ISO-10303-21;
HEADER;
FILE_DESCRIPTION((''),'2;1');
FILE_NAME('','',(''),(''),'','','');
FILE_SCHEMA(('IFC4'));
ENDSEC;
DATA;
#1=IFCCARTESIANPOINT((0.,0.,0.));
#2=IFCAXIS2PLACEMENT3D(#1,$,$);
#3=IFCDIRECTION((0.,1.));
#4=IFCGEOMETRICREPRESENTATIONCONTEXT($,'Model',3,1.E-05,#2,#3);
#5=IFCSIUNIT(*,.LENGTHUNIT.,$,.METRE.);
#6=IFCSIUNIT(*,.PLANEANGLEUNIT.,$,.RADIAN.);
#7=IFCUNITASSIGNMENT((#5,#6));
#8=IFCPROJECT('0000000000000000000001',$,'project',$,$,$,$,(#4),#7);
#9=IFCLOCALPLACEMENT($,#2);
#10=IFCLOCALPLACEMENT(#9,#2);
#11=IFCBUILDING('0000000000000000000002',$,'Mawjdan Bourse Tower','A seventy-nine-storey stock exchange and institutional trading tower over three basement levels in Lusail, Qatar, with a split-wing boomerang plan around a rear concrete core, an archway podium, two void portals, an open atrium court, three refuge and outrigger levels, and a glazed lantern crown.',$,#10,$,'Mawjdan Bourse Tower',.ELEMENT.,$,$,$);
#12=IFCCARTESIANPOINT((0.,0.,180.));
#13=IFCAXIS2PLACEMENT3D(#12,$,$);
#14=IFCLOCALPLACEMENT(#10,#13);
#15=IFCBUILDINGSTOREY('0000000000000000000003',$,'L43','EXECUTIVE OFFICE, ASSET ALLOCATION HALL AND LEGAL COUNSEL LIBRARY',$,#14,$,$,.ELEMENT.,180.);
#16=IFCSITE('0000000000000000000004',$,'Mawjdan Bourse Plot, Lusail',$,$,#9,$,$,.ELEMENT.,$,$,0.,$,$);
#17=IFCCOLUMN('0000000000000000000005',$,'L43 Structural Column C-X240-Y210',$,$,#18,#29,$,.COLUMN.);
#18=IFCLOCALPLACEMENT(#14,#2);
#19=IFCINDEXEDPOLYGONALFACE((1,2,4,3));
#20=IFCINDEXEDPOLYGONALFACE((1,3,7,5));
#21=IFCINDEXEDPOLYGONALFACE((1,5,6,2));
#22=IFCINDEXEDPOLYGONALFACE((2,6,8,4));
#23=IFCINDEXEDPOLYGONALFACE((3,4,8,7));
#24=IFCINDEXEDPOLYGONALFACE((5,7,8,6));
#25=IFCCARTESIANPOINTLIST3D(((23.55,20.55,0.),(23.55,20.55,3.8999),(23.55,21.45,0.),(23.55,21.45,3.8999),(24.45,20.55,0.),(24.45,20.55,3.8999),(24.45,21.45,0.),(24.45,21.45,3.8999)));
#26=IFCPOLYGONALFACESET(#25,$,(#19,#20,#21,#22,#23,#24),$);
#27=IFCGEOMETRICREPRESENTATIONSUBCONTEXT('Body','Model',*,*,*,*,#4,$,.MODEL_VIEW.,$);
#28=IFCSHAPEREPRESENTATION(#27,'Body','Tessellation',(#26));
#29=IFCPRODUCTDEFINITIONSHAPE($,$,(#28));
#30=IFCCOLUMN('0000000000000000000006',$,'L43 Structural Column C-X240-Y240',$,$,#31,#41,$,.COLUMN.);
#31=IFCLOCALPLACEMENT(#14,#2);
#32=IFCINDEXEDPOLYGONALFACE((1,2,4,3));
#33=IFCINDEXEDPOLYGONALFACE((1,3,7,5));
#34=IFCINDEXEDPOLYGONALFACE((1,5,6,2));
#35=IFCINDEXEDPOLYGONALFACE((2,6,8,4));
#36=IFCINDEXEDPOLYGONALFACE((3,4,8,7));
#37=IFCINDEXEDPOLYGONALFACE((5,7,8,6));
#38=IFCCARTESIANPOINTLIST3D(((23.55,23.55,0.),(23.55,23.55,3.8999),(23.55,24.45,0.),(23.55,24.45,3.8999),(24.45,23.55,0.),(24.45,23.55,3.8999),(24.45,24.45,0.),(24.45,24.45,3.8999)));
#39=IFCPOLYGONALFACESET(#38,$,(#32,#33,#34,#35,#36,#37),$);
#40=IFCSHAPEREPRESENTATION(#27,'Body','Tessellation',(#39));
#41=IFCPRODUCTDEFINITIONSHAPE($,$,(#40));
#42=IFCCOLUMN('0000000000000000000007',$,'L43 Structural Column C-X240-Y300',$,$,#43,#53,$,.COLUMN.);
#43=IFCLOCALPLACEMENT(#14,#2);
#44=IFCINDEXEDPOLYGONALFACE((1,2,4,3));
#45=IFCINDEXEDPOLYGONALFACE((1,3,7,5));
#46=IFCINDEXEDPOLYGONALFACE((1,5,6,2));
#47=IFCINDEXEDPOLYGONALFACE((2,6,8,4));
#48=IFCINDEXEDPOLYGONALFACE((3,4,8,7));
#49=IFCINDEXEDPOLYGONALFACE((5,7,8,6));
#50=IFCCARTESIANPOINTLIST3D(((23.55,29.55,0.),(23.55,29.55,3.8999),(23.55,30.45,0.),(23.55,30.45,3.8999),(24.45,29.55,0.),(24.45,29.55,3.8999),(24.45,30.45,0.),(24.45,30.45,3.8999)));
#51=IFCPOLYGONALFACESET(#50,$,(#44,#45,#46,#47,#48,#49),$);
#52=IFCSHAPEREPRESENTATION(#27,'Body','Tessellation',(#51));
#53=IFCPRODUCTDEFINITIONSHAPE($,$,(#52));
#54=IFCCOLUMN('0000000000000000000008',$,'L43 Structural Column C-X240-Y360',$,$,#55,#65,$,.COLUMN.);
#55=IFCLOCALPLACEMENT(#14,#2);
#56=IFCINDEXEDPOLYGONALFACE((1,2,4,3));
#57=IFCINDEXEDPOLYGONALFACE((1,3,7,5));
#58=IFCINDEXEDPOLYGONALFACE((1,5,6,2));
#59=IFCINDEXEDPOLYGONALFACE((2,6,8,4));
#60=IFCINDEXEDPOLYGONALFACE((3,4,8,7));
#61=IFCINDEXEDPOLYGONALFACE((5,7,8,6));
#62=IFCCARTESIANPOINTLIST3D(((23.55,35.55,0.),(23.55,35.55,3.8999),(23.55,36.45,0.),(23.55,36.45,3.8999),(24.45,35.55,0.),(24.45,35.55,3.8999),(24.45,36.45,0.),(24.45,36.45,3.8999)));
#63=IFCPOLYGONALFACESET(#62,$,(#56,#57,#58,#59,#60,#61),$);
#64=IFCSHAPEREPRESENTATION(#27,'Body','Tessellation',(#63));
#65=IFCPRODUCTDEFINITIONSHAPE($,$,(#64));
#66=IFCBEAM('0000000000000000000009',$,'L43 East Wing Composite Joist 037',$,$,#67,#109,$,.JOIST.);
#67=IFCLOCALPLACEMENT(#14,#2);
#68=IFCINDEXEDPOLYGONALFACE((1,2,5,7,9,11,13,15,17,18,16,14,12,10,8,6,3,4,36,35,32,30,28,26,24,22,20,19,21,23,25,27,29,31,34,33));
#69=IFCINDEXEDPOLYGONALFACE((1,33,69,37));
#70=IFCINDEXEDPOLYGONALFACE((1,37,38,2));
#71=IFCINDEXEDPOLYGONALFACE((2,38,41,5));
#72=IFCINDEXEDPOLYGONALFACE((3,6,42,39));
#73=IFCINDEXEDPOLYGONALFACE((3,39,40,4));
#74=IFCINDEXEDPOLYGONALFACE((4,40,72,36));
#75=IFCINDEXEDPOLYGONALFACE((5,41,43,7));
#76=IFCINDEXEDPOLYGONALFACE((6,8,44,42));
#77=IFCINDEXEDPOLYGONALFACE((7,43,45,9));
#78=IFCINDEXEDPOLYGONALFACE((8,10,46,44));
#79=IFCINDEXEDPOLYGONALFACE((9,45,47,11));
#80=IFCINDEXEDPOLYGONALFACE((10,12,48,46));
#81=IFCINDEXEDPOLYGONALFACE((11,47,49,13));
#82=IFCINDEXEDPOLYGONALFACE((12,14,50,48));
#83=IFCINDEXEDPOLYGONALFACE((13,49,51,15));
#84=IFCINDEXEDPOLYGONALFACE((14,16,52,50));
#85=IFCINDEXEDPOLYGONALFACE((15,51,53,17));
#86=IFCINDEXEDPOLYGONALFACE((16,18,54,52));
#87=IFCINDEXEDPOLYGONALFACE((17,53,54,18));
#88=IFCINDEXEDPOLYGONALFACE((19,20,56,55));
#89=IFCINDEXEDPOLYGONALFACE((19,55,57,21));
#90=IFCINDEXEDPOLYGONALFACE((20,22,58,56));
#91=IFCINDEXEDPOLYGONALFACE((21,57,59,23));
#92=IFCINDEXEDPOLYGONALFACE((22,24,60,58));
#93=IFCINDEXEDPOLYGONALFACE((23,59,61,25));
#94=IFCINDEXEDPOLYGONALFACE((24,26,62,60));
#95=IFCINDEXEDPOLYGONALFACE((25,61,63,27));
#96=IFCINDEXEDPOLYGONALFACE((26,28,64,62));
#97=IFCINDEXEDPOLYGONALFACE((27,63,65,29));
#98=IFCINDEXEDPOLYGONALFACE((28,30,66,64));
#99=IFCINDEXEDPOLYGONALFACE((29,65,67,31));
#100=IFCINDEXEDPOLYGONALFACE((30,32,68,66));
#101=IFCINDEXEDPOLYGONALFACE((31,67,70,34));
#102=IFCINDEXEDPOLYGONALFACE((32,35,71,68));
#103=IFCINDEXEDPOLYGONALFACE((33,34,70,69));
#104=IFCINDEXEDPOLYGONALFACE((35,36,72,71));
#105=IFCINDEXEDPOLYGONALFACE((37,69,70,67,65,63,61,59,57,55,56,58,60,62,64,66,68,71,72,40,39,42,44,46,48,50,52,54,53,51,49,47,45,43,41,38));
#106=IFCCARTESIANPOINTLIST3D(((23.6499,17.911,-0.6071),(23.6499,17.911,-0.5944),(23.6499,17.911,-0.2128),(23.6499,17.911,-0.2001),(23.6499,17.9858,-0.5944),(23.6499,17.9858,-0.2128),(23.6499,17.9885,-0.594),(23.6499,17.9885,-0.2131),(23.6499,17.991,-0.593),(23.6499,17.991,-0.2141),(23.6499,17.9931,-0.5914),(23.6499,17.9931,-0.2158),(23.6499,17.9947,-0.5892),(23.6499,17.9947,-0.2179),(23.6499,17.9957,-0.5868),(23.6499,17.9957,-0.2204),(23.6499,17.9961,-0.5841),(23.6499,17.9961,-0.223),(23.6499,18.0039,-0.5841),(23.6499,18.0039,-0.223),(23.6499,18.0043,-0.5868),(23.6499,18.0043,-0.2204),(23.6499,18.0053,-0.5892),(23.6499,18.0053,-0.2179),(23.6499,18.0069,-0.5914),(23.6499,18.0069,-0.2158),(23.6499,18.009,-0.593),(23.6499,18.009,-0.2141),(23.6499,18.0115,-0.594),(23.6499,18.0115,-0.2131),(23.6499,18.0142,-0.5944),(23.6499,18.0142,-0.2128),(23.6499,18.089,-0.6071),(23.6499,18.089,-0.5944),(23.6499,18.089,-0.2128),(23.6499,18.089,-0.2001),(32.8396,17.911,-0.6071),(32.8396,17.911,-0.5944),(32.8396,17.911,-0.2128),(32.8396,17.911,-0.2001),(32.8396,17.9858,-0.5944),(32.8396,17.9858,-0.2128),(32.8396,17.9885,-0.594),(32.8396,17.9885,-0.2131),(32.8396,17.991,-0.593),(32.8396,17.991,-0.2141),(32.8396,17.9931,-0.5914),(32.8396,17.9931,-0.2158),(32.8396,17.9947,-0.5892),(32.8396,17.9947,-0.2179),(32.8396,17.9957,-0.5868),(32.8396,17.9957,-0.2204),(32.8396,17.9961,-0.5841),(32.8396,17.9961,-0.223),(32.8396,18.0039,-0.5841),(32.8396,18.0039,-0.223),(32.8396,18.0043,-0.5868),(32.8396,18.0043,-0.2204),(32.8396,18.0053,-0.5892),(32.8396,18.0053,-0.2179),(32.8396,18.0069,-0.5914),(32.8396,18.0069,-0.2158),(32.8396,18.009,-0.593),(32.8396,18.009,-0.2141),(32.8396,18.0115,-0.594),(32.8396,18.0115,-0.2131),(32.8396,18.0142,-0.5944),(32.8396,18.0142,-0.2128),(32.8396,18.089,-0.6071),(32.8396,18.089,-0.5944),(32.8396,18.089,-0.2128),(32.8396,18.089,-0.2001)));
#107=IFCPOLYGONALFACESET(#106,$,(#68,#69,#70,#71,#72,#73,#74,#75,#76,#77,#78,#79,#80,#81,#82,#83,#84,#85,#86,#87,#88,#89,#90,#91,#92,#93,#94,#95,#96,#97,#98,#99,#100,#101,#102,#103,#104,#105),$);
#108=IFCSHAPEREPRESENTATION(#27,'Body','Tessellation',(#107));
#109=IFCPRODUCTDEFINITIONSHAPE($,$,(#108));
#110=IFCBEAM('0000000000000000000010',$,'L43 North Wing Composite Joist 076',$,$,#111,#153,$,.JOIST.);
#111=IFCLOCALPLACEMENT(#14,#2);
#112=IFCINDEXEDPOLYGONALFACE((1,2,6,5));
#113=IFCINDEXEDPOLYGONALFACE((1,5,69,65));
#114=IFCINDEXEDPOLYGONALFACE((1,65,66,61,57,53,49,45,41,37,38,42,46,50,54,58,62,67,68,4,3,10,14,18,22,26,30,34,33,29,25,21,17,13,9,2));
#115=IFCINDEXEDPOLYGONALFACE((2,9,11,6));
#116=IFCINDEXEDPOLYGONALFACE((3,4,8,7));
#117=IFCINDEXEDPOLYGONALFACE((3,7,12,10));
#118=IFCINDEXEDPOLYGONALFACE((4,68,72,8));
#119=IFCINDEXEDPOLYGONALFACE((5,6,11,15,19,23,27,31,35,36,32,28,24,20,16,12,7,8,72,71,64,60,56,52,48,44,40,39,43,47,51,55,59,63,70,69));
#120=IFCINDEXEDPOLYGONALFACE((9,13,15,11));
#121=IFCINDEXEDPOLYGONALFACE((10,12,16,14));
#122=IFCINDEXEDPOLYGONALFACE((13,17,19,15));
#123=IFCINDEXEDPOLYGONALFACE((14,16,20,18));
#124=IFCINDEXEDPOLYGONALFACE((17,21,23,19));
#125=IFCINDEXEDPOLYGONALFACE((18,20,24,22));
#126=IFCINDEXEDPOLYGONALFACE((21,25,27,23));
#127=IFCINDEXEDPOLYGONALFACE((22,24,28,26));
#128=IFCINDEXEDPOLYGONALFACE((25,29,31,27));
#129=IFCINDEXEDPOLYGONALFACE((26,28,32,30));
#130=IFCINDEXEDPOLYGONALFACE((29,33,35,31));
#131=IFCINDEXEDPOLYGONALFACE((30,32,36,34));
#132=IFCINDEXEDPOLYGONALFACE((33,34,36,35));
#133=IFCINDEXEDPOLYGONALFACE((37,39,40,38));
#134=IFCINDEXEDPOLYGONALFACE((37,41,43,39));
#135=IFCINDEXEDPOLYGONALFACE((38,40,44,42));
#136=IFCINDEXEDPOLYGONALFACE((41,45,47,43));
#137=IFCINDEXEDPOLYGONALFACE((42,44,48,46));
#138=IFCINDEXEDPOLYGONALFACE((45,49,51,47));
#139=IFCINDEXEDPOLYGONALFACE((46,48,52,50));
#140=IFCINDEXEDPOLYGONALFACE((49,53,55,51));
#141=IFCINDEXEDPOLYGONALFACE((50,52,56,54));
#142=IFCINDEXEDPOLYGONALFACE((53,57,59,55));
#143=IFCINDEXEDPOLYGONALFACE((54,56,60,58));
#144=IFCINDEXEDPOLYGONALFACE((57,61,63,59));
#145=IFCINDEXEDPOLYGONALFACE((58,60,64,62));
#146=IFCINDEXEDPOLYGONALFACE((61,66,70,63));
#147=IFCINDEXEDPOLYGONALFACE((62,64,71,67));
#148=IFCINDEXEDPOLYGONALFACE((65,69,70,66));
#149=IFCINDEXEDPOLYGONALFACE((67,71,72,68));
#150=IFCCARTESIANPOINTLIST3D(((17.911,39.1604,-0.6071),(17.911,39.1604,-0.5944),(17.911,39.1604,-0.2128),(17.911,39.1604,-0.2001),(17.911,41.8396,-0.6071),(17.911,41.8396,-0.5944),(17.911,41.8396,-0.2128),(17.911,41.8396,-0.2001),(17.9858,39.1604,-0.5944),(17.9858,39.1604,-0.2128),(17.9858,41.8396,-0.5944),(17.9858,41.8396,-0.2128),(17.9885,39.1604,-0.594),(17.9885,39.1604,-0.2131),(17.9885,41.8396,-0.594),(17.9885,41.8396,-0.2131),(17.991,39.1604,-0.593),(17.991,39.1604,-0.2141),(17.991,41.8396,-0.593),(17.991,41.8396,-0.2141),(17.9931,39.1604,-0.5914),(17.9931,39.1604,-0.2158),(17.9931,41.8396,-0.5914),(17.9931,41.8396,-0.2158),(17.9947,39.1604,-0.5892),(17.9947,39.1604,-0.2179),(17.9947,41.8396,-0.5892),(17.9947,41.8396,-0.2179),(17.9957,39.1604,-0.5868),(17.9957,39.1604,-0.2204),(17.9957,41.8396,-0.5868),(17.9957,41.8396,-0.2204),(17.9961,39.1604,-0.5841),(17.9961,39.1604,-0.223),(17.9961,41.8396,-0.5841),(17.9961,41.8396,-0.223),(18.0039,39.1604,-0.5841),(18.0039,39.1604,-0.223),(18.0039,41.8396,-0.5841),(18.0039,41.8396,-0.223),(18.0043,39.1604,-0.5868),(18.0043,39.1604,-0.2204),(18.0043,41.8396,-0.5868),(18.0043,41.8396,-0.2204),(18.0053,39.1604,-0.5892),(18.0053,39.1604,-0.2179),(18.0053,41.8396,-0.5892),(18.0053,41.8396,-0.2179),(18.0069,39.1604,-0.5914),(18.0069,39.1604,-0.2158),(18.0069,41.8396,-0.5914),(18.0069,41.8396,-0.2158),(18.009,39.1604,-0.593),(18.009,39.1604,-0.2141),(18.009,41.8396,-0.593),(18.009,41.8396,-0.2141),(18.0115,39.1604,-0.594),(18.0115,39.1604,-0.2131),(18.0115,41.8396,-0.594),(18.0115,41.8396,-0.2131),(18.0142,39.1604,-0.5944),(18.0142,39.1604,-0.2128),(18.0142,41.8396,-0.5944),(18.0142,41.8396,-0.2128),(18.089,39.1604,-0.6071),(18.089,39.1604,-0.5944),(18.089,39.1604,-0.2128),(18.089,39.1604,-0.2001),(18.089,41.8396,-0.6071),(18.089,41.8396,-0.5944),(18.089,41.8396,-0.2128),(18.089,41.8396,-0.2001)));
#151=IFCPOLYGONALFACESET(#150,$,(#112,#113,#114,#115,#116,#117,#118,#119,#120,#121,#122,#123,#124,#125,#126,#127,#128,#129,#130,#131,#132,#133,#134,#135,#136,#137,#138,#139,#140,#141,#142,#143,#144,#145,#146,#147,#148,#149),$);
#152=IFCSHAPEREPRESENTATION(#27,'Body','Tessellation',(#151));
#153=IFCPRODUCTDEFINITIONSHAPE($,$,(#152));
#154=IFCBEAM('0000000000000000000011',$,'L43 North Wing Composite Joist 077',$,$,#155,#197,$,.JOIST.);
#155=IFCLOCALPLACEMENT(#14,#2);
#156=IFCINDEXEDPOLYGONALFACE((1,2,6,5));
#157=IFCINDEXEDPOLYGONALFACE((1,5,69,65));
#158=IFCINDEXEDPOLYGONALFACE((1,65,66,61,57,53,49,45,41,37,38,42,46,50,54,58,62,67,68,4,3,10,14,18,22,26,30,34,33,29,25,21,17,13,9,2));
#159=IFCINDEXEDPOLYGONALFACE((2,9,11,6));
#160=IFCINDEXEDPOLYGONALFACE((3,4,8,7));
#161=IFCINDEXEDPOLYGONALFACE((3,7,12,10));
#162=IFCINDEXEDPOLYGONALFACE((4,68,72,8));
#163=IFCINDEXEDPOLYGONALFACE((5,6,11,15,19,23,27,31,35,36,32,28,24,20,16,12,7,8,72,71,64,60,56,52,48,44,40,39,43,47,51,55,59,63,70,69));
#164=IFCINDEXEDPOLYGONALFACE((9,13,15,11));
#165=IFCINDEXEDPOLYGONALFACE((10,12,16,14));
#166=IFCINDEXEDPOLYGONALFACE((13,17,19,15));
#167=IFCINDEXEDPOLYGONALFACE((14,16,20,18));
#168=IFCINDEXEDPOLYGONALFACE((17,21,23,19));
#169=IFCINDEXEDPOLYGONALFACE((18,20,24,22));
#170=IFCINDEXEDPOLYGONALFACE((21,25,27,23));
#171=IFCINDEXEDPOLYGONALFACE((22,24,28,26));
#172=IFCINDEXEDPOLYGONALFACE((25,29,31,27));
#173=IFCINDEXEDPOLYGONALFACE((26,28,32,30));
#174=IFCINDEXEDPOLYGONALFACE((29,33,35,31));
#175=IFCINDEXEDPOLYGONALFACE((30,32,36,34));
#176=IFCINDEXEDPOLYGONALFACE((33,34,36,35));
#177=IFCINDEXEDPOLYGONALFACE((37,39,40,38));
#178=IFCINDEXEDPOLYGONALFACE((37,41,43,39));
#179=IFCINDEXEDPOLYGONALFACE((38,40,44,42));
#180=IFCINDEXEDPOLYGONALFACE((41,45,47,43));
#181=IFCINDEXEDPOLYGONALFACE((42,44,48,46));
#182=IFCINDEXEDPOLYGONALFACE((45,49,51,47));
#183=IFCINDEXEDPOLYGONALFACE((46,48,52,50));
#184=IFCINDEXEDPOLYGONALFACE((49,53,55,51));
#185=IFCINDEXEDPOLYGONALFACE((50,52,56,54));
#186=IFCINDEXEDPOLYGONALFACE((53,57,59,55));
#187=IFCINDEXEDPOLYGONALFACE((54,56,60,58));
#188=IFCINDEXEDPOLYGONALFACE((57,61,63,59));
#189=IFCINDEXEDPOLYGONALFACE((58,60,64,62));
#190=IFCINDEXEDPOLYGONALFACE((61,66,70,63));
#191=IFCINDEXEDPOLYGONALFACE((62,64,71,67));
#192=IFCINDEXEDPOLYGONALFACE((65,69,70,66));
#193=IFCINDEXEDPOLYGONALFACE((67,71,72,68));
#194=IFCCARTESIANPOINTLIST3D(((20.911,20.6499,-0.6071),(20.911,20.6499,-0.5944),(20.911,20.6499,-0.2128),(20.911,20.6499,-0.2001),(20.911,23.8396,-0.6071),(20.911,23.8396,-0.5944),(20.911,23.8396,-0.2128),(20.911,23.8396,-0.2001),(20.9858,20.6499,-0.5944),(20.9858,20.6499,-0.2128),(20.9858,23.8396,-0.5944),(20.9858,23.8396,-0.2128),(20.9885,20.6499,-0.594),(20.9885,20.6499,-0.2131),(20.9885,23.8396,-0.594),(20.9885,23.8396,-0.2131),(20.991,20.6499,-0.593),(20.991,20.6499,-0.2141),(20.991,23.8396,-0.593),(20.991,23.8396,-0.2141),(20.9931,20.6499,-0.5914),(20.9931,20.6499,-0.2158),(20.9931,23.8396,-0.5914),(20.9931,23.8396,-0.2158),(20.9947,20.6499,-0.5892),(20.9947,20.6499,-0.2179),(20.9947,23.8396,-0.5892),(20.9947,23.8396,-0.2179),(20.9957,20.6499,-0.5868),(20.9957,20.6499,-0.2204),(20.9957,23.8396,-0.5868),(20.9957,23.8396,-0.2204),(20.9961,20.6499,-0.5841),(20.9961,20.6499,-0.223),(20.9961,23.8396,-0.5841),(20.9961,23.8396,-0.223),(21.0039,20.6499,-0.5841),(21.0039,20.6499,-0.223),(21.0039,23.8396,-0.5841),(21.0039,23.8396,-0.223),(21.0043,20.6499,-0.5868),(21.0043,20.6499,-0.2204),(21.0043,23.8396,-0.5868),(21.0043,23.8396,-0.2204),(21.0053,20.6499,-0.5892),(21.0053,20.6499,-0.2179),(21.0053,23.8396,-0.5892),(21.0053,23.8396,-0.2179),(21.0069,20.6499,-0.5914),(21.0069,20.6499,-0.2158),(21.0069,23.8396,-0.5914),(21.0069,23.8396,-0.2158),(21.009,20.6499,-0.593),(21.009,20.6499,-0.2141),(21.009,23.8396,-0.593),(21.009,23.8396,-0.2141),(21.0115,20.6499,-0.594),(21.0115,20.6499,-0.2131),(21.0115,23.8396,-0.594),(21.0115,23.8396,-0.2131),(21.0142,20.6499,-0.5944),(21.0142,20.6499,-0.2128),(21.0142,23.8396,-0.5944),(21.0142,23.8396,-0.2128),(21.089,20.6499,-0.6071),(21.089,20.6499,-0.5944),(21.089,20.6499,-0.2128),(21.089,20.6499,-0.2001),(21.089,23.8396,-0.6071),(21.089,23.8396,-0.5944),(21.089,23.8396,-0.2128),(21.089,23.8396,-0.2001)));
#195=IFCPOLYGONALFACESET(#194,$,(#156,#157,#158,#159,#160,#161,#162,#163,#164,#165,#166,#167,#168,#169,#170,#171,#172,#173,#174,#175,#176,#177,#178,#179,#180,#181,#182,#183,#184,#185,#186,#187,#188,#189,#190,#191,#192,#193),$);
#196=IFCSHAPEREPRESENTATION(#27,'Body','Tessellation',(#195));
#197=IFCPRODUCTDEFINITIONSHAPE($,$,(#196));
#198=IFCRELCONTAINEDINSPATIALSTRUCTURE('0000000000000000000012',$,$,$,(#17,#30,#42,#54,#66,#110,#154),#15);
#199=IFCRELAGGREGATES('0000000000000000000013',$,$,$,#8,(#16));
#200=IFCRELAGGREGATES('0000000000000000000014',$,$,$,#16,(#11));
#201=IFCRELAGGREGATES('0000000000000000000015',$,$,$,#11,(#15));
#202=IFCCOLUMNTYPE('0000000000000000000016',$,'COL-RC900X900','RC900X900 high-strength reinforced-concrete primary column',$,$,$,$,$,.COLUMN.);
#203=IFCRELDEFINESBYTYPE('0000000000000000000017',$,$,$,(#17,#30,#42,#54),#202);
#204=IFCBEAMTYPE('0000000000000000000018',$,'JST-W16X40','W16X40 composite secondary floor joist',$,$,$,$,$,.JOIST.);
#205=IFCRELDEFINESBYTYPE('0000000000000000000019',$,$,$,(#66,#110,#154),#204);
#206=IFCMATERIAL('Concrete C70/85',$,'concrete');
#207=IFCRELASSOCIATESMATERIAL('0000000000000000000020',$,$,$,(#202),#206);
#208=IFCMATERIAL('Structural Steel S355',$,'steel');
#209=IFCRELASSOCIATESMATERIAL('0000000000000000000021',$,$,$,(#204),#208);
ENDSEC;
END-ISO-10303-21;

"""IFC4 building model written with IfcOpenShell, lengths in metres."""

from ifc_helpers import new_model, si_unit, direction, frame, origin, origin_2d, place, context, subcontext, project, spatial, rectangle, i_section, extrude, material, material_profile, profile_set, type_object, element, save


model = new_model("IFC4")

# Units and contexts
model_context = context("Model", 3, precision=1e-05, world=origin(), true_north=direction((0.0, 1.0)))
body_context = subcontext(model_context, "Body", "Model", "MODEL_VIEW")
ifc_project = project(units=[si_unit("LENGTHUNIT", "METRE"), si_unit("PLANEANGLEUNIT", "RADIAN")], contexts=[model_context])

# Site, building, storey
site_placement = place(None, origin())
site = spatial("IfcSite", under=ifc_project, at=site_placement, Name="Mawjdan Bourse Plot, Lusail", CompositionType="ELEMENT", RefElevation=0.0)
building_placement = place(site_placement, origin())
building = spatial("IfcBuilding", under=site, at=building_placement, Name="Mawjdan Bourse Tower", Description="A seventy-nine-storey stock exchange and institutional trading tower over three basement levels in Lusail, Qatar, with a split-wing boomerang plan around a rear concrete core, an archway podium, two void portals, an open atrium court, three refuge and outrigger levels, and a glazed lantern crown.", LongName="Mawjdan Bourse Tower", CompositionType="ELEMENT")
storey_placement = place(building_placement, frame((0.0, 0.0, 180.0)))
storey = spatial("IfcBuildingStorey", under=building, at=storey_placement, Name="L43", Description="EXECUTIVE OFFICE, ASSET ALLOCATION HALL AND LEGAL COUNSEL LIBRARY", CompositionType="ELEMENT", Elevation=180.0)

# Columns
ifc_material_1 = material(Name="Concrete C70/85", Category="concrete")
ifc_material_profile_1 = material_profile(ifc_material_1, rectangle(XDim=0.8999, YDim=0.8999, at=origin_2d()), Name="RC900X900")
ifc_profile_set_1 = profile_set([ifc_material_profile_1], Name="Concrete C70/85")
column_type = type_object("IfcColumnType", Name="COL-RC900X900", Description="RC900X900 high-strength reinforced-concrete primary column", PredefinedType="COLUMN", material=ifc_profile_set_1)
for number, where, z_axis, x_axis, name in (
    (1, (24.0, 21.0, 0.0), (0.0, 0.0, 1.0), (1.0, 0.0, 0.0), "L43 Structural Column C-X240-Y210"),
    (2, (24.0, 24.0, 0.0), (0.0, 0.0, 1.0), (1.0, 0.0, 0.0), "L43 Structural Column C-X240-Y240"),
    (3, (24.0, 30.0, 0.0), (0.0, 0.0, 1.0), (1.0, 0.0, 0.0), "L43 Structural Column C-X240-Y300"),
    (4, (24.0, 36.0, 0.0), (0.0, 0.0, 1.0), (1.0, 0.0, 0.0), "L43 Structural Column C-X240-Y360"),
):
    element("IfcColumn", number, at=place(storey_placement, frame(where, z_axis=z_axis, x_axis=x_axis)), inside=storey, type_object=column_type, Name=name, PredefinedType="COLUMN", context=body_context, shape_type="SweptSolid", body=[
        extrude(rectangle(XDim=0.8999, YDim=0.8999, at=origin_2d()), origin(), (0.0, 0.0, 1.0), 3.8999),
    ])

# Beams
ifc_material_2 = material(Name="Structural Steel S355", Category="steel")
ifc_material_profile_2 = material_profile(ifc_material_2, i_section(OverallWidth=0.178, OverallDepth=0.407, WebThickness=0.0078, FlangeThickness=0.0127, FilletRadius=0.0103, at=origin_2d()), Name="W16X40")
ifc_profile_set_2 = profile_set([ifc_material_profile_2], Name="Structural Steel S355")
beam_type_1 = type_object("IfcBeamType", Name="JST-W16X40", Description="W16X40 composite secondary floor joist", PredefinedType="JOIST", material=ifc_profile_set_2)
beam_1_placement = place(storey_placement, frame((23.6499, 18.0, -0.4036), z_axis=(1.0, 0.0, 0.0), x_axis=(0.0, 1.0, 0.0)))
element("IfcBeam", 5, at=beam_1_placement, inside=storey, type_object=beam_type_1, Name="L43 East Wing Composite Joist 037", PredefinedType="JOIST", context=body_context, shape_type="SweptSolid", body=[
    extrude(i_section(OverallWidth=0.178, OverallDepth=0.407, WebThickness=0.0078, FlangeThickness=0.0127, FilletRadius=0.0103, at=origin_2d()), origin(), (0.0, 0.0, 1.0), 9.1897),
])
beam_2_placement = place(storey_placement, frame((18.0, 39.1604, -0.4036), z_axis=(0.0, 1.0, 0.0), x_axis=(-1.0, 0.0, 0.0)))
element("IfcBeam", 6, at=beam_2_placement, inside=storey, type_object=beam_type_1, Name="L43 North Wing Composite Joist 076", PredefinedType="JOIST", context=body_context, shape_type="SweptSolid", body=[
    extrude(i_section(OverallWidth=0.178, OverallDepth=0.407, WebThickness=0.0078, FlangeThickness=0.0127, FilletRadius=0.0103, at=origin_2d()), origin(), (0.0, 0.0, 1.0), 2.6792),
])
beam_3_placement = place(storey_placement, frame((21.0, 20.6499, -0.4036), z_axis=(0.0, 1.0, 0.0), x_axis=(-1.0, 0.0, 0.0)))
element("IfcBeam", 7, at=beam_3_placement, inside=storey, type_object=beam_type_1, Name="L43 North Wing Composite Joist 077", PredefinedType="JOIST", context=body_context, shape_type="SweptSolid", body=[
    extrude(i_section(OverallWidth=0.178, OverallDepth=0.407, WebThickness=0.0078, FlangeThickness=0.0127, FilletRadius=0.0103, at=origin_2d()), origin(), (0.0, 0.0, 1.0), 3.1897),
])

save(model, "model.ifc")
